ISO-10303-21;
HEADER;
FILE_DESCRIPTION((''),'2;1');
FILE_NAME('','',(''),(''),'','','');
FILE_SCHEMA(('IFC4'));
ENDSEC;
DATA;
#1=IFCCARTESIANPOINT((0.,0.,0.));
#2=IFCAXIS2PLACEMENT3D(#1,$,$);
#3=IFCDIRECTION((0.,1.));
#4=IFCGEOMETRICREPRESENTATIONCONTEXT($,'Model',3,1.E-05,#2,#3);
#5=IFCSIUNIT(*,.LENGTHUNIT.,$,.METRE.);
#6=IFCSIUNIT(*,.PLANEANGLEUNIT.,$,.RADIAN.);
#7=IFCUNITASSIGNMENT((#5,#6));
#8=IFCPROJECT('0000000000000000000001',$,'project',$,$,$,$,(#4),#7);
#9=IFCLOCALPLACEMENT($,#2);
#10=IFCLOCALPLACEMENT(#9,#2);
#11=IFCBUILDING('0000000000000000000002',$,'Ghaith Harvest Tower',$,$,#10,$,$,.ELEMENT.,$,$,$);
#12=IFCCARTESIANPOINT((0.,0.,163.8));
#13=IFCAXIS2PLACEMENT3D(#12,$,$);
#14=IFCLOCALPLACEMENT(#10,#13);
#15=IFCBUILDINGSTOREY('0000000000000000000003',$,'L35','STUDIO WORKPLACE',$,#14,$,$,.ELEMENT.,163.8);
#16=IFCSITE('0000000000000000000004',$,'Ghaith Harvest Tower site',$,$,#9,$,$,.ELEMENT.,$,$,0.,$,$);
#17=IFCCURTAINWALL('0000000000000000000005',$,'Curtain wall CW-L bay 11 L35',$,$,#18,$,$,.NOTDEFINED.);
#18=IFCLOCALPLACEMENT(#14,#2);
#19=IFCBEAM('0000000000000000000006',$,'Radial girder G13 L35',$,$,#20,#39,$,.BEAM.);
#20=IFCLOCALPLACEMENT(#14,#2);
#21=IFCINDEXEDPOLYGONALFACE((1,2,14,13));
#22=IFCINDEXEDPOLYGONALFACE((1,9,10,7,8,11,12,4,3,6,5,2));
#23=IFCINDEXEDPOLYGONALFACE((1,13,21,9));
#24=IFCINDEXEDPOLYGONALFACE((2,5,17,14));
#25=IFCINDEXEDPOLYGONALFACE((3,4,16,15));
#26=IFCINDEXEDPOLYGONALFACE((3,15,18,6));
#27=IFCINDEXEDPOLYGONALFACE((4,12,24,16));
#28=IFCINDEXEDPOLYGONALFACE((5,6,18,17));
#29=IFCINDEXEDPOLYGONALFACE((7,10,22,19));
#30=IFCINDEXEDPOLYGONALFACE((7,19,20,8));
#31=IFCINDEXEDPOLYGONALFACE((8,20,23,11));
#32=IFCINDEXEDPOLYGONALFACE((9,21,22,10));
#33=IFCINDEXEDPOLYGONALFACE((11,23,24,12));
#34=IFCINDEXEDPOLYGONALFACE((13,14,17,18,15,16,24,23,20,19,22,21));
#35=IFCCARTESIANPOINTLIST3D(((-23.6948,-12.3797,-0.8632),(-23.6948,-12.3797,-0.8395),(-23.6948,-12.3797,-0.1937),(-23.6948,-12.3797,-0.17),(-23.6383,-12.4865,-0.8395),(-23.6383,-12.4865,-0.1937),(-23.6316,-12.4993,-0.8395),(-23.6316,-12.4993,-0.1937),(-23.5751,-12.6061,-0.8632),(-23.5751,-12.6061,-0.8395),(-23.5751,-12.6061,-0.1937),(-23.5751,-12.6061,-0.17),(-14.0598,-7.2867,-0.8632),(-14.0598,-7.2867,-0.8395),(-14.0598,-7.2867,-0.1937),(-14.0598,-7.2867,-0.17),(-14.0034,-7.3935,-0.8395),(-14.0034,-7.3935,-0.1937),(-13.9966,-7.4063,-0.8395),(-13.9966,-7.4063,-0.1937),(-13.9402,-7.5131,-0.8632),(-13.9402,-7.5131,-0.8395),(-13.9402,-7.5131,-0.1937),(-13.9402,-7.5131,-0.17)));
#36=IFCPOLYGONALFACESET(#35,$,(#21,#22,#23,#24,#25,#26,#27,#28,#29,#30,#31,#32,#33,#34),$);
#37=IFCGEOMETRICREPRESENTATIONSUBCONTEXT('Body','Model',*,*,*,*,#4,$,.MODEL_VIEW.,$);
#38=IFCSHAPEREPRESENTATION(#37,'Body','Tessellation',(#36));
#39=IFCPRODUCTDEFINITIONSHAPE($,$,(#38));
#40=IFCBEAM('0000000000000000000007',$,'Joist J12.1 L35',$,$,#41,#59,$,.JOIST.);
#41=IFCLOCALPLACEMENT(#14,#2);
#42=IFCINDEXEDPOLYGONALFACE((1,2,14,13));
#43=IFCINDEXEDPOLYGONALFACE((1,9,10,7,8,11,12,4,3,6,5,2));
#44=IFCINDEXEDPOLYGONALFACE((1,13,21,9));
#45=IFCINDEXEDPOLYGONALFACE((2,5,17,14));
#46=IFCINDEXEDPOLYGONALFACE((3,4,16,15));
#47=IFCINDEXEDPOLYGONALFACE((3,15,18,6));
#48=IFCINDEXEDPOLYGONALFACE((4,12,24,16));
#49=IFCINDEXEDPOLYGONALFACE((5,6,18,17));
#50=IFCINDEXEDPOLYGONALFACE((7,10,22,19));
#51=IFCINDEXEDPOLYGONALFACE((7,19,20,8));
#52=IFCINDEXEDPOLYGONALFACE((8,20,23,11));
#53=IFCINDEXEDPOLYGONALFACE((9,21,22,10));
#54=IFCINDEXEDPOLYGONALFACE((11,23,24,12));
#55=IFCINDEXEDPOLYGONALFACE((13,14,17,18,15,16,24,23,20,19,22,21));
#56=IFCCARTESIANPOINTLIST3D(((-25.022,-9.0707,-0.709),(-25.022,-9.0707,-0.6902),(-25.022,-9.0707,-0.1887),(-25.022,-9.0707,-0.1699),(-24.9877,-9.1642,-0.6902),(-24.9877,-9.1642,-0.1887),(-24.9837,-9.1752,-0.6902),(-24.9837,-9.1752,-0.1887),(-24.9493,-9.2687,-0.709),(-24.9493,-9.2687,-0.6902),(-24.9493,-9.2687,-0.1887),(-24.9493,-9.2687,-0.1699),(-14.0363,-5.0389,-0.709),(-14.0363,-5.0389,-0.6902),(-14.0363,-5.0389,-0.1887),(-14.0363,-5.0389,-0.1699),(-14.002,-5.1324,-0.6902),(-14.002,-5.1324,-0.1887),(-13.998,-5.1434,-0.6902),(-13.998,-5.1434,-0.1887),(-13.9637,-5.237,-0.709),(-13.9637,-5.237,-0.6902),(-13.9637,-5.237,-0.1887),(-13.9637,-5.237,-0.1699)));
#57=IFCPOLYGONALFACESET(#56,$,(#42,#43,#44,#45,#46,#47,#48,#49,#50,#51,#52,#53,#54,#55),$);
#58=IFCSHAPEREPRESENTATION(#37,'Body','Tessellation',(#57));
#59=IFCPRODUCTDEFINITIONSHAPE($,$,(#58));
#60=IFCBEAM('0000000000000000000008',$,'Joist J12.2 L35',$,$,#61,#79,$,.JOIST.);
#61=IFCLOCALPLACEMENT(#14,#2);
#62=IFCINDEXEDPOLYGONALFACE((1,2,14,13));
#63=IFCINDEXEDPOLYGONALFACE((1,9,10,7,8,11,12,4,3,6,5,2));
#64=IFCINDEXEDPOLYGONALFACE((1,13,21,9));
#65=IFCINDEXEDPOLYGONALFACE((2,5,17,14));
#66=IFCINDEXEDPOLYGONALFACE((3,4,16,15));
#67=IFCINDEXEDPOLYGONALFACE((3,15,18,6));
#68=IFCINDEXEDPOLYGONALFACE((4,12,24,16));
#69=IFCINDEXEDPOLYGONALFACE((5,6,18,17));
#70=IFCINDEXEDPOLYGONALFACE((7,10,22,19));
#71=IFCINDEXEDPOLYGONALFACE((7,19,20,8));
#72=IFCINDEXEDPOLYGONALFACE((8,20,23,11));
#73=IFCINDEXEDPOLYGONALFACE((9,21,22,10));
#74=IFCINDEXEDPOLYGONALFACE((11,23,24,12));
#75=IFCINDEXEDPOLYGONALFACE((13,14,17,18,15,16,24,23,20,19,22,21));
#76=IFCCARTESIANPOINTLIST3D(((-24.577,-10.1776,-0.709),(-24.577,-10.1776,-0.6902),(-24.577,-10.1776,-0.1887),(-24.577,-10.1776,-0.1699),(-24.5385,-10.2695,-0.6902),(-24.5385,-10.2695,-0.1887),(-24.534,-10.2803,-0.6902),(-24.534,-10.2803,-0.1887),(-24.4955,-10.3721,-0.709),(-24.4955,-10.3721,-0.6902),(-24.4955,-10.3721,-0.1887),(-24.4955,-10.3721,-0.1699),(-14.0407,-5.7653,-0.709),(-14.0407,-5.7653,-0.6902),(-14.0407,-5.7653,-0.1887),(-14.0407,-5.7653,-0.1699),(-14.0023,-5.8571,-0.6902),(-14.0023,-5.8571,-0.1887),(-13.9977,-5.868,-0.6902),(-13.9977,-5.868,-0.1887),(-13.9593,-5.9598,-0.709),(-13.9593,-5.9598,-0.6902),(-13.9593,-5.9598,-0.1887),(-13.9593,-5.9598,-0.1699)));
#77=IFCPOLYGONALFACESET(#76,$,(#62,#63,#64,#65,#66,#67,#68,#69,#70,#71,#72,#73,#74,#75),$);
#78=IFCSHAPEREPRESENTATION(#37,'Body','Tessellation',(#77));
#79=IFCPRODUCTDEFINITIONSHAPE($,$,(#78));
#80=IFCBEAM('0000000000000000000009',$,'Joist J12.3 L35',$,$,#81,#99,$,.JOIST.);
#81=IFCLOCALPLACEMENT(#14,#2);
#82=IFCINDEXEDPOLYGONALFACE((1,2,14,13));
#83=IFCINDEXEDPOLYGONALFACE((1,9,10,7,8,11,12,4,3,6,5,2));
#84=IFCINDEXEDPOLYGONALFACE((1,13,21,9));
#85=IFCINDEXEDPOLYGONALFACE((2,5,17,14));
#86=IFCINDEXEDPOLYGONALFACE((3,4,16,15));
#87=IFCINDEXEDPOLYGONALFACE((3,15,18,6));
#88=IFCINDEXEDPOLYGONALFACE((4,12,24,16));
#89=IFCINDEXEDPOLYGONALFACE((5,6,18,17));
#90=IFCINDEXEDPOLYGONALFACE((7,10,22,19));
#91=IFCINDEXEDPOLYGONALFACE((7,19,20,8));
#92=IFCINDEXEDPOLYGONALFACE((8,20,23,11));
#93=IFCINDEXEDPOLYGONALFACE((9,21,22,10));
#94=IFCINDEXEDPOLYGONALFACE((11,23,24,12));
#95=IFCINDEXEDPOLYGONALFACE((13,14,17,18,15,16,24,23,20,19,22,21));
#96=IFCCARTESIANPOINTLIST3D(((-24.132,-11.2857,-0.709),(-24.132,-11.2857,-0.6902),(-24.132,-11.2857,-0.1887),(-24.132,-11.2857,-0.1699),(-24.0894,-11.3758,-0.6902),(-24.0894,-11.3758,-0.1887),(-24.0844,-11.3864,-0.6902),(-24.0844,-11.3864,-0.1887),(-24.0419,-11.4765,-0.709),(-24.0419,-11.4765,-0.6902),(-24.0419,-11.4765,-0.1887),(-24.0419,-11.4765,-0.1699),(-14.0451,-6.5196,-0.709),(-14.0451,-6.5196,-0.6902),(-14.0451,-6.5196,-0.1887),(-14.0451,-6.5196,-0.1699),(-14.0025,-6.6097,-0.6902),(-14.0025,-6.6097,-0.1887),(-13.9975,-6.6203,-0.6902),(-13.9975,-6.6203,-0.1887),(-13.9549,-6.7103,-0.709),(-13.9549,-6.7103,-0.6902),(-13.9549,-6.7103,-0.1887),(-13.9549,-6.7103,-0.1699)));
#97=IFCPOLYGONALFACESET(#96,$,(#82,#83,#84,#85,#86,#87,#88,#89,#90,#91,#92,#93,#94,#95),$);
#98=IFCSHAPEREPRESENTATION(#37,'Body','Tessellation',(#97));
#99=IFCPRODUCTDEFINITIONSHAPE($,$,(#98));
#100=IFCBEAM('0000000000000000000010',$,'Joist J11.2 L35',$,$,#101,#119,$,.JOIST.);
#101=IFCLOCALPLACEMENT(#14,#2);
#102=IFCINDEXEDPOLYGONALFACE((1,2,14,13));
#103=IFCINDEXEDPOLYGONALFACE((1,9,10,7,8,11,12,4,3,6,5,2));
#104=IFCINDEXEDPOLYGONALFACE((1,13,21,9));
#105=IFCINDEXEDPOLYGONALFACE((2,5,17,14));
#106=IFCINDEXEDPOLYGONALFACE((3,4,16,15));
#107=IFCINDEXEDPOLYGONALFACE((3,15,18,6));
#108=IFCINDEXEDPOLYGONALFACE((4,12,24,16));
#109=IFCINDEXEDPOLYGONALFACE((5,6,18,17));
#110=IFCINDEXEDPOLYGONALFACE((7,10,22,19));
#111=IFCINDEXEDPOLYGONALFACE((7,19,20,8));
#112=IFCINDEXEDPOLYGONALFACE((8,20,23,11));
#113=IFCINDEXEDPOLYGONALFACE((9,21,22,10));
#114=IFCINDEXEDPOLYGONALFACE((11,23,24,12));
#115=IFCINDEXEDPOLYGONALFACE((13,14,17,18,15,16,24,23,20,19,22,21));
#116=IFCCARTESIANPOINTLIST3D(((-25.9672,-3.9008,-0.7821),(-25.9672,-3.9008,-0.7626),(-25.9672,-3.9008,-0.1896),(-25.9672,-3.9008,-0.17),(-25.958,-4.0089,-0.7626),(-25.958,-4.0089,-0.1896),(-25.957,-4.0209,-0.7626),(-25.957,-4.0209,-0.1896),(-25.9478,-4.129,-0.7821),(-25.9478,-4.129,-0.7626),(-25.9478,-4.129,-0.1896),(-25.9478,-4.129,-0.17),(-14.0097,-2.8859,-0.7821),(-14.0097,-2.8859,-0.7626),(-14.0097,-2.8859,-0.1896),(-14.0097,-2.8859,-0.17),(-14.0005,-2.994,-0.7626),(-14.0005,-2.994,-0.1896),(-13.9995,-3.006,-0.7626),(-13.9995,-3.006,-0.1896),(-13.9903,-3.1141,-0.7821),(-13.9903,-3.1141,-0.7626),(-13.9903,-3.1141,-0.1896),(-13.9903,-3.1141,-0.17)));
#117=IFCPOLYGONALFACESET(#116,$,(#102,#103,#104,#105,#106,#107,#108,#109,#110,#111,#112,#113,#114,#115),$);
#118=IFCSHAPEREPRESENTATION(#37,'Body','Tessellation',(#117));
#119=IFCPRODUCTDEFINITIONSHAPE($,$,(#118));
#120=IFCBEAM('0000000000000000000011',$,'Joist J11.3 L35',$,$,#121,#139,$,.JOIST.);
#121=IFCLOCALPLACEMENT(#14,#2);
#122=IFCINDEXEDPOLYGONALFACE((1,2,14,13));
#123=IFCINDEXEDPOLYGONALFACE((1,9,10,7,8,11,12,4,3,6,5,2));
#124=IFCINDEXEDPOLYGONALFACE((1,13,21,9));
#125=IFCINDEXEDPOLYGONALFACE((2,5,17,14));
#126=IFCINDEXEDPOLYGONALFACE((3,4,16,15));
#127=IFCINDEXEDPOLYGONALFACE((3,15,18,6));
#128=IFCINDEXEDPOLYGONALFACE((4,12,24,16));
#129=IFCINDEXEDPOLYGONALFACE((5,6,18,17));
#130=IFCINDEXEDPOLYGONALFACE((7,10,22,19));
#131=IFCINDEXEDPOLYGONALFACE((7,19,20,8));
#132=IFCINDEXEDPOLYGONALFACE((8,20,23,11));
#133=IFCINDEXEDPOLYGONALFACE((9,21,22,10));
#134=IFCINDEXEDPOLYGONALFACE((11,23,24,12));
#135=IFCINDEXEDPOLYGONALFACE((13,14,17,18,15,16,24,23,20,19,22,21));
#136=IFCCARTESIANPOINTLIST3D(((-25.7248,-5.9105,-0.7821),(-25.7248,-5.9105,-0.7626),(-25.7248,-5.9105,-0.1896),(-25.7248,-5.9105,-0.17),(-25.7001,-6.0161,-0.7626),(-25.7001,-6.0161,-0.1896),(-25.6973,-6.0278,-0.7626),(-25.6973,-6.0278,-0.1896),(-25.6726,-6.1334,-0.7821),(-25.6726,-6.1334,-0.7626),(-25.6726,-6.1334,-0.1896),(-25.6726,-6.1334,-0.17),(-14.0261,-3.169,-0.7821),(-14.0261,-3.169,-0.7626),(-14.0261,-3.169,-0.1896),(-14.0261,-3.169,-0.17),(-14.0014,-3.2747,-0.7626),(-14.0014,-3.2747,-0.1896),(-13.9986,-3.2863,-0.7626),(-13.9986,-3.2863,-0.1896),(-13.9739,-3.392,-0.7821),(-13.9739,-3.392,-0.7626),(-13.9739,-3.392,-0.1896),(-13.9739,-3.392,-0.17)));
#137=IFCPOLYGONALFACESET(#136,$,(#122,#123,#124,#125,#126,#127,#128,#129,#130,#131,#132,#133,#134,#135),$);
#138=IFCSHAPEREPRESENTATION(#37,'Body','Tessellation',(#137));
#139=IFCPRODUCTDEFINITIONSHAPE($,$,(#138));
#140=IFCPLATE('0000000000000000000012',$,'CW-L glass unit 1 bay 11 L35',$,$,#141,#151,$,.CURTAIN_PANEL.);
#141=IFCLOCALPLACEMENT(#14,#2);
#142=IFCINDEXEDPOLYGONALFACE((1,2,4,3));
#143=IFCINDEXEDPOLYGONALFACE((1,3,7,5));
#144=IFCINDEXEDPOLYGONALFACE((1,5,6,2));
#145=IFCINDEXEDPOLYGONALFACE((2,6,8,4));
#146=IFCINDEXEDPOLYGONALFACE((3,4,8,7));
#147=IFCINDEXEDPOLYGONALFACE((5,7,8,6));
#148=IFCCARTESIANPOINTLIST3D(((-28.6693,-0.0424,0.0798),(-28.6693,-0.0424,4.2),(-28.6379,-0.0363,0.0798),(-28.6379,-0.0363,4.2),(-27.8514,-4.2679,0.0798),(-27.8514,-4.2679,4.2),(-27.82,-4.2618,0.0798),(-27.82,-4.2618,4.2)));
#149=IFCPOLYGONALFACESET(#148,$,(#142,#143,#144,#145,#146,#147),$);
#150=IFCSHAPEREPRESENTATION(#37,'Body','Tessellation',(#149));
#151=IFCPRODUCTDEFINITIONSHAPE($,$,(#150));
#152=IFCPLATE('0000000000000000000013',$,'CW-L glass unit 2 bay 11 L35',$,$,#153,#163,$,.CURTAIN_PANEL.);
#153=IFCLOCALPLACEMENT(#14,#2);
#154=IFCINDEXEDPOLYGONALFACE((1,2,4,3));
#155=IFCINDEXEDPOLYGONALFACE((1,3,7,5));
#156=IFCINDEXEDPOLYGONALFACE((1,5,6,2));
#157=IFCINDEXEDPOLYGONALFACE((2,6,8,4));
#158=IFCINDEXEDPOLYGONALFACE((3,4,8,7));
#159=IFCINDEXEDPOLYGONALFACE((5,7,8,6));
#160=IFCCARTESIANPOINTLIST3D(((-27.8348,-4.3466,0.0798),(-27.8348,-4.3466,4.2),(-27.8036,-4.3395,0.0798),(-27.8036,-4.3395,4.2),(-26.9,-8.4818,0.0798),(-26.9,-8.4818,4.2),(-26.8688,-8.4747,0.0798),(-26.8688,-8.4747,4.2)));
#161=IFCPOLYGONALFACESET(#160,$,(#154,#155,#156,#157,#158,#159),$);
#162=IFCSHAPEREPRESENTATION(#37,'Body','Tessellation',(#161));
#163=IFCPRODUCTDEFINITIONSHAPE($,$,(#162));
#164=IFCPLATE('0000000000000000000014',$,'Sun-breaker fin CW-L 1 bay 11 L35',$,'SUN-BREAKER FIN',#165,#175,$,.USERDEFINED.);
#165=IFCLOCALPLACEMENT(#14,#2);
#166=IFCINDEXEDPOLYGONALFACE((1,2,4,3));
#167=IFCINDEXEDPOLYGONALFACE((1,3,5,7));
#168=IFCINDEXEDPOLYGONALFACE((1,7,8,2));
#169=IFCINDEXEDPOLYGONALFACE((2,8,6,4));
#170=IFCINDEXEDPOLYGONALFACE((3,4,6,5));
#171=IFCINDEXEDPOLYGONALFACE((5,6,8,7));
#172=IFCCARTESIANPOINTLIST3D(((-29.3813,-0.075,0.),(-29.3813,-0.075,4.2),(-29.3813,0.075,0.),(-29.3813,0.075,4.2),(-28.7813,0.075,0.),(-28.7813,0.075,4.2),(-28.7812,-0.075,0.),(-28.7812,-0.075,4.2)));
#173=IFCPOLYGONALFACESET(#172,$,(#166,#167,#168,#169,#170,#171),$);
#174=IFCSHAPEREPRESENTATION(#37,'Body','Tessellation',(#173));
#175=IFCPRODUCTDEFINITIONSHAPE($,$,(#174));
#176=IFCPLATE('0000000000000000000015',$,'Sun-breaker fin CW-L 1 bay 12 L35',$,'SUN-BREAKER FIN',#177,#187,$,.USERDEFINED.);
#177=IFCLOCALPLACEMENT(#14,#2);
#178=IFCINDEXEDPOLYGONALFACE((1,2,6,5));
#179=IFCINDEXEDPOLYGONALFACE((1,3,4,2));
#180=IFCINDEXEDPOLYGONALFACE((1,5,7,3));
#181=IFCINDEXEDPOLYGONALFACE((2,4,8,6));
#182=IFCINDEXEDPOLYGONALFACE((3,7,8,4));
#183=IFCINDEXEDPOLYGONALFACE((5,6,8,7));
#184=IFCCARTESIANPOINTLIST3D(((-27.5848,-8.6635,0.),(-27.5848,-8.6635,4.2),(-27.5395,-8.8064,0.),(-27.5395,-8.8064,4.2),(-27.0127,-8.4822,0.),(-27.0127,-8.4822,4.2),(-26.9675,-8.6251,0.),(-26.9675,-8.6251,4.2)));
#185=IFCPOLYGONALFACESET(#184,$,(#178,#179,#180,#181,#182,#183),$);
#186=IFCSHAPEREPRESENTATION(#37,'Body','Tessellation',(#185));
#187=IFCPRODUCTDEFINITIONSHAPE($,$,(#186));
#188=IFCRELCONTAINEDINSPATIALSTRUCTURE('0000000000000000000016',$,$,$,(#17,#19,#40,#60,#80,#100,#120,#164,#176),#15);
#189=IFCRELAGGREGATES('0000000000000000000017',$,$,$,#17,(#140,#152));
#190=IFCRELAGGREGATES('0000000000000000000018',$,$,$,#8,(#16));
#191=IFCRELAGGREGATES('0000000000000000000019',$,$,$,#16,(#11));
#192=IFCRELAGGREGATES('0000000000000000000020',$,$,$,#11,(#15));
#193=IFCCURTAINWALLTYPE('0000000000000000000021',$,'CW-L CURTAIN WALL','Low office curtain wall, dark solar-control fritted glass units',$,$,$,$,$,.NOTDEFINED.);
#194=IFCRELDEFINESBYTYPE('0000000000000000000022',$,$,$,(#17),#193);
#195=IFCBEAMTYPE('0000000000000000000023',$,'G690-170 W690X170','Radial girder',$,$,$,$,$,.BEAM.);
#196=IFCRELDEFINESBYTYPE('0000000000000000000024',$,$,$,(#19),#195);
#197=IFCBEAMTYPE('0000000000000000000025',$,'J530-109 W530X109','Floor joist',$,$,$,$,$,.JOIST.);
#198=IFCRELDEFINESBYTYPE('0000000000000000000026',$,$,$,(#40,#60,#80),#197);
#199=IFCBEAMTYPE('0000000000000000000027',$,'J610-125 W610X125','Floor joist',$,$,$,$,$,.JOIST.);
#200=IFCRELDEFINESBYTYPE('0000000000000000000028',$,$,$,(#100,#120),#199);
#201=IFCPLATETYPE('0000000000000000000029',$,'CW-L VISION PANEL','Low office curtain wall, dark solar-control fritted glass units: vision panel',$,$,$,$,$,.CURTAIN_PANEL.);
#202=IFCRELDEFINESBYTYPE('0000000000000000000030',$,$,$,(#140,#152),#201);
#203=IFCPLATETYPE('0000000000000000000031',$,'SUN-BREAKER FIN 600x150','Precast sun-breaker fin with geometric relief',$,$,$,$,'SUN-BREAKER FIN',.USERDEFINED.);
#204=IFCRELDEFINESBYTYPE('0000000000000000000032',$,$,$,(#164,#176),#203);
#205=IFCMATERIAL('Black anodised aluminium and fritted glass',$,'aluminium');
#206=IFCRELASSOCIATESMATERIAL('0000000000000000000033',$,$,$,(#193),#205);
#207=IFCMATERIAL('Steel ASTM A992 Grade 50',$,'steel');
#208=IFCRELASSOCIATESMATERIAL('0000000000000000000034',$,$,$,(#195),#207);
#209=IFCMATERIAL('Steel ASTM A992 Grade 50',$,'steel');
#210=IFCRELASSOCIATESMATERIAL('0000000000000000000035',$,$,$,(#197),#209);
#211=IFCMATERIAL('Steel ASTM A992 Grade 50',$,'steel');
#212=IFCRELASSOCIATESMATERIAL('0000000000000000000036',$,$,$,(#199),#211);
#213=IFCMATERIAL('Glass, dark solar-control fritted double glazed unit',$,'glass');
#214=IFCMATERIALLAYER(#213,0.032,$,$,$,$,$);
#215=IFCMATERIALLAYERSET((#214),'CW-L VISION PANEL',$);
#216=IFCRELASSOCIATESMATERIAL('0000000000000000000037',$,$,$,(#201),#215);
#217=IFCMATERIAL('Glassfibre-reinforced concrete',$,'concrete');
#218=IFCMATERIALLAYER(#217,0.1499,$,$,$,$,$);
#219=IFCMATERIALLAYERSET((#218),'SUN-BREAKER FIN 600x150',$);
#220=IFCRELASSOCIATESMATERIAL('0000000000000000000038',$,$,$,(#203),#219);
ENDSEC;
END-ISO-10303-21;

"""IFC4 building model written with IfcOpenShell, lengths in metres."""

from ifc_helpers import new_model, si_unit, direction, frame, origin, origin_2d, place, context, subcontext, project, spatial, rectangle, i_section, extrude, material, layer, layer_set, material_profile, profile_set, type_object, element, aggregate, save


model = new_model("IFC4")

# Units and contexts
model_context = context("Model", 3, precision=1e-05, world=origin(), true_north=direction((0.0, 1.0)))
body_context = subcontext(model_context, "Body", "Model", "MODEL_VIEW")
ifc_project = project(units=[si_unit("LENGTHUNIT", "METRE"), si_unit("PLANEANGLEUNIT", "RADIAN")], contexts=[model_context])

# Site, building, storey
site_placement = place(None, origin())
site = spatial("IfcSite", under=ifc_project, at=site_placement, Name="Ghaith Harvest Tower site", CompositionType="ELEMENT", RefElevation=0.0)
building_placement = place(site_placement, origin())
building = spatial("IfcBuilding", under=site, at=building_placement, Name="Ghaith Harvest Tower", CompositionType="ELEMENT")
storey_placement = place(building_placement, frame((0.0, 0.0, 163.8)))
storey = spatial("IfcBuildingStorey", under=building, at=storey_placement, Name="L35", Description="STUDIO WORKPLACE", CompositionType="ELEMENT", Elevation=163.8)

# Curtain wall
ifc_material_1 = material(Name="Black anodised aluminium and fritted glass", Category="aluminium")
curtain_wall_type = type_object("IfcCurtainWallType", Name="CW-L CURTAIN WALL", Description="Low office curtain wall, dark solar-control fritted glass units", PredefinedType="NOTDEFINED", material=ifc_material_1)
curtain_wall_1_placement = place(storey_placement, origin())
curtain_wall_1 = element("IfcCurtainWall", 1, at=curtain_wall_1_placement, inside=storey, type_object=curtain_wall_type, Name="Curtain wall CW-L bay 11 L35", PredefinedType="NOTDEFINED")

# Beams
ifc_material_2 = material(Name="Steel ASTM A992 Grade 50", Category="steel")
ifc_material_profile_1 = material_profile(ifc_material_2, i_section(OverallWidth=0.2561, OverallDepth=0.6931, WebThickness=0.0144, FlangeThickness=0.0237, at=origin_2d()), Name="W690X170")
ifc_profile_set_1 = profile_set([ifc_material_profile_1], Name="Steel ASTM A992 Grade 50")
beam_type_1 = type_object("IfcBeamType", Name="G690-170 W690X170", Description="Radial girder", PredefinedType="BEAM", material=ifc_profile_set_1)
beam_1_placement = place(storey_placement, frame((-14.0, -7.3999, -0.5166), z_axis=(-0.884086, -0.467324, 0.0), x_axis=(0.467324, -0.884086, 0.0)))
element("IfcBeam", 2, at=beam_1_placement, inside=storey, type_object=beam_type_1, Name="Radial girder G13 L35", PredefinedType="BEAM", context=body_context, shape_type="SweptSolid", body=[
    extrude(i_section(OverallWidth=0.2561, OverallDepth=0.6931, WebThickness=0.0144, FlangeThickness=0.0237, at=origin_2d()), origin(), (0.0, 0.0, 1.0), 10.8982),
])
ifc_material_3 = material(Name="Steel ASTM A992 Grade 50", Category="steel")
ifc_material_profile_2 = material_profile(ifc_material_3, i_section(OverallWidth=0.2109, OverallDepth=0.5391, WebThickness=0.0117, FlangeThickness=0.0188, at=origin_2d()), Name="W530X109")
ifc_profile_set_2 = profile_set([ifc_material_profile_2], Name="Steel ASTM A992 Grade 50")
beam_type_2 = type_object("IfcBeamType", Name="J530-109 W530X109", Description="Floor joist", PredefinedType="JOIST", material=ifc_profile_set_2)
beam_2_placement = place(storey_placement, frame((-14.0, -5.1379, -0.4395), z_axis=(-0.938774, -0.344532, 0.0), x_axis=(0.344532, -0.938774, 0.0)))
element("IfcBeam", 3, at=beam_2_placement, inside=storey, type_object=beam_type_2, Name="Joist J12.1 L35", PredefinedType="JOIST", context=body_context, shape_type="SweptSolid", body=[
    extrude(i_section(OverallWidth=0.2109, OverallDepth=0.5391, WebThickness=0.0117, FlangeThickness=0.0188, at=origin_2d()), origin(), (0.0, 0.0, 1.0), 11.7021),
])
beam_3_placement = place(storey_placement, frame((-14.0, -5.8625, -0.4395), z_axis=(-0.922386, -0.38627, 0.0), x_axis=(0.38627, -0.922386, 0.0)))
element("IfcBeam", 4, at=beam_3_placement, inside=storey, type_object=beam_type_2, Name="Joist J12.2 L35", PredefinedType="JOIST", context=body_context, shape_type="SweptSolid", body=[
    extrude(i_section(OverallWidth=0.2109, OverallDepth=0.5391, WebThickness=0.0117, FlangeThickness=0.0188, at=origin_2d()), origin(), (0.0, 0.0, 1.0), 11.4229),
])
beam_4_placement = place(storey_placement, frame((-14.0, -6.615, -0.4395), z_axis=(-0.90415, -0.427215, 0.0), x_axis=(0.427215, -0.90415, 0.0)))
element("IfcBeam", 5, at=beam_4_placement, inside=storey, type_object=beam_type_2, Name="Joist J12.3 L35", PredefinedType="JOIST", context=body_context, shape_type="SweptSolid", body=[
    extrude(i_section(OverallWidth=0.2109, OverallDepth=0.5391, WebThickness=0.0117, FlangeThickness=0.0188, at=origin_2d()), origin(), (0.0, 0.0, 1.0), 11.1562),
])
ifc_material_4 = material(Name="Steel ASTM A992 Grade 50", Category="steel")
ifc_material_profile_3 = material_profile(ifc_material_4, i_section(OverallWidth=0.229, OverallDepth=0.6121, WebThickness=0.012, FlangeThickness=0.0195, at=origin_2d()), Name="W610X125")
ifc_profile_set_3 = profile_set([ifc_material_profile_3], Name="Steel ASTM A992 Grade 50")
beam_type_3 = type_object("IfcBeamType", Name="J610-125 W610X125", Description="Floor joist", PredefinedType="JOIST", material=ifc_profile_set_3)
beam_5_placement = place(storey_placement, frame((-14.0, -3.0, -0.4761), z_axis=(-0.996417, -0.084571, 0.0), x_axis=(0.084571, -0.996417, 0.0)))
element("IfcBeam", 6, at=beam_5_placement, inside=storey, type_object=beam_type_3, Name="Joist J11.2 L35", PredefinedType="JOIST", context=body_context, shape_type="SweptSolid", body=[
    extrude(i_section(OverallWidth=0.229, OverallDepth=0.6121, WebThickness=0.012, FlangeThickness=0.0195, at=origin_2d()), origin(), (0.0, 0.0, 1.0), 12.0005),
])
beam_6_placement = place(storey_placement, frame((-14.0, -3.2805, -0.4761), z_axis=(-0.973624, -0.228157, 0.0), x_axis=(0.228157, -0.973624, 0.0)))
element("IfcBeam", 7, at=beam_6_placement, inside=storey, type_object=beam_type_3, Name="Joist J11.3 L35", PredefinedType="JOIST", context=body_context, shape_type="SweptSolid", body=[
    extrude(i_section(OverallWidth=0.229, OverallDepth=0.6121, WebThickness=0.012, FlangeThickness=0.0195, at=origin_2d()), origin(), (0.0, 0.0, 1.0), 12.0156),
])

# Plates
ifc_material_5 = material(Name="Glass, dark solar-control fritted double glazed unit", Category="glass")
ifc_layer_1 = layer(ifc_material_5, 0.032)
ifc_layer_set_1 = layer_set([ifc_layer_1], Name="CW-L VISION PANEL")
plate_type_1 = type_object("IfcPlateType", Name="CW-L VISION PANEL", Description="Low office curtain wall, dark solar-control fritted glass units: vision panel", PredefinedType="CURTAIN_PANEL", material=ifc_layer_set_1)
plate_1_placement = place(storey_placement, frame((-28.2446, -2.1521, 0.0798), z_axis=(0.0, 0.0, 1.0), x_axis=(0.190045, -0.981775, 0.0)))
plate_1 = element("IfcPlate", 8, at=plate_1_placement, type_object=plate_type_1, Name="CW-L glass unit 1 bay 11 L35", PredefinedType="CURTAIN_PANEL", context=body_context, shape_type="SweptSolid", body=[
    extrude(rectangle(XDim=4.304, YDim=0.032, at=origin_2d()), origin(), (0.0, 0.0, 1.0), 4.1201),
])
plate_2_placement = place(storey_placement, frame((-27.3518, -6.4106, 0.0798), z_axis=(0.0, 0.0, 1.0), x_axis=(0.220483, -0.975391, 0.0)))
plate_2 = element("IfcPlate", 9, at=plate_2_placement, type_object=plate_type_1, Name="CW-L glass unit 2 bay 11 L35", PredefinedType="CURTAIN_PANEL", context=body_context, shape_type="SweptSolid", body=[
    extrude(rectangle(XDim=4.2395, YDim=0.032, at=origin_2d()), origin(), (0.0, 0.0, 1.0), 4.1201),
])
aggregate(curtain_wall_1, [plate_1, plate_2])

# Plates
ifc_material_6 = material(Name="Glassfibre-reinforced concrete", Category="concrete")
ifc_layer_2 = layer(ifc_material_6, 0.1499)
ifc_layer_set_2 = layer_set([ifc_layer_2], Name="SUN-BREAKER FIN 600x150")
plate_type_2 = type_object("IfcPlateType", Name="SUN-BREAKER FIN 600x150", Description="Precast sun-breaker fin with geometric relief", ElementType="SUN-BREAKER FIN", PredefinedType="USERDEFINED", material=ifc_layer_set_2)
for number, where, z_axis, x_axis, name in (
    (10, (-29.0813, 0.0, 0.0), (0.0, 0.0, 1.0), (-1.0, 0.0, 0.0), "Sun-breaker fin CW-L 1 bay 11 L35"),
    (11, (-27.2761, -8.6443, 0.0), (0.0, 0.0, 1.0), (-0.953273, -0.30211, 0.0), "Sun-breaker fin CW-L 1 bay 12 L35"),
):
    element("IfcPlate", number, at=place(storey_placement, frame(where, z_axis=z_axis, x_axis=x_axis)), inside=storey, type_object=plate_type_2, Name=name, ObjectType="SUN-BREAKER FIN", PredefinedType="USERDEFINED", context=body_context, shape_type="SweptSolid", body=[
        extrude(rectangle(XDim=0.6001, YDim=0.1499, at=origin_2d()), origin(), (0.0, 0.0, 1.0), 4.2),
    ])

save(model, "model.ifc")
